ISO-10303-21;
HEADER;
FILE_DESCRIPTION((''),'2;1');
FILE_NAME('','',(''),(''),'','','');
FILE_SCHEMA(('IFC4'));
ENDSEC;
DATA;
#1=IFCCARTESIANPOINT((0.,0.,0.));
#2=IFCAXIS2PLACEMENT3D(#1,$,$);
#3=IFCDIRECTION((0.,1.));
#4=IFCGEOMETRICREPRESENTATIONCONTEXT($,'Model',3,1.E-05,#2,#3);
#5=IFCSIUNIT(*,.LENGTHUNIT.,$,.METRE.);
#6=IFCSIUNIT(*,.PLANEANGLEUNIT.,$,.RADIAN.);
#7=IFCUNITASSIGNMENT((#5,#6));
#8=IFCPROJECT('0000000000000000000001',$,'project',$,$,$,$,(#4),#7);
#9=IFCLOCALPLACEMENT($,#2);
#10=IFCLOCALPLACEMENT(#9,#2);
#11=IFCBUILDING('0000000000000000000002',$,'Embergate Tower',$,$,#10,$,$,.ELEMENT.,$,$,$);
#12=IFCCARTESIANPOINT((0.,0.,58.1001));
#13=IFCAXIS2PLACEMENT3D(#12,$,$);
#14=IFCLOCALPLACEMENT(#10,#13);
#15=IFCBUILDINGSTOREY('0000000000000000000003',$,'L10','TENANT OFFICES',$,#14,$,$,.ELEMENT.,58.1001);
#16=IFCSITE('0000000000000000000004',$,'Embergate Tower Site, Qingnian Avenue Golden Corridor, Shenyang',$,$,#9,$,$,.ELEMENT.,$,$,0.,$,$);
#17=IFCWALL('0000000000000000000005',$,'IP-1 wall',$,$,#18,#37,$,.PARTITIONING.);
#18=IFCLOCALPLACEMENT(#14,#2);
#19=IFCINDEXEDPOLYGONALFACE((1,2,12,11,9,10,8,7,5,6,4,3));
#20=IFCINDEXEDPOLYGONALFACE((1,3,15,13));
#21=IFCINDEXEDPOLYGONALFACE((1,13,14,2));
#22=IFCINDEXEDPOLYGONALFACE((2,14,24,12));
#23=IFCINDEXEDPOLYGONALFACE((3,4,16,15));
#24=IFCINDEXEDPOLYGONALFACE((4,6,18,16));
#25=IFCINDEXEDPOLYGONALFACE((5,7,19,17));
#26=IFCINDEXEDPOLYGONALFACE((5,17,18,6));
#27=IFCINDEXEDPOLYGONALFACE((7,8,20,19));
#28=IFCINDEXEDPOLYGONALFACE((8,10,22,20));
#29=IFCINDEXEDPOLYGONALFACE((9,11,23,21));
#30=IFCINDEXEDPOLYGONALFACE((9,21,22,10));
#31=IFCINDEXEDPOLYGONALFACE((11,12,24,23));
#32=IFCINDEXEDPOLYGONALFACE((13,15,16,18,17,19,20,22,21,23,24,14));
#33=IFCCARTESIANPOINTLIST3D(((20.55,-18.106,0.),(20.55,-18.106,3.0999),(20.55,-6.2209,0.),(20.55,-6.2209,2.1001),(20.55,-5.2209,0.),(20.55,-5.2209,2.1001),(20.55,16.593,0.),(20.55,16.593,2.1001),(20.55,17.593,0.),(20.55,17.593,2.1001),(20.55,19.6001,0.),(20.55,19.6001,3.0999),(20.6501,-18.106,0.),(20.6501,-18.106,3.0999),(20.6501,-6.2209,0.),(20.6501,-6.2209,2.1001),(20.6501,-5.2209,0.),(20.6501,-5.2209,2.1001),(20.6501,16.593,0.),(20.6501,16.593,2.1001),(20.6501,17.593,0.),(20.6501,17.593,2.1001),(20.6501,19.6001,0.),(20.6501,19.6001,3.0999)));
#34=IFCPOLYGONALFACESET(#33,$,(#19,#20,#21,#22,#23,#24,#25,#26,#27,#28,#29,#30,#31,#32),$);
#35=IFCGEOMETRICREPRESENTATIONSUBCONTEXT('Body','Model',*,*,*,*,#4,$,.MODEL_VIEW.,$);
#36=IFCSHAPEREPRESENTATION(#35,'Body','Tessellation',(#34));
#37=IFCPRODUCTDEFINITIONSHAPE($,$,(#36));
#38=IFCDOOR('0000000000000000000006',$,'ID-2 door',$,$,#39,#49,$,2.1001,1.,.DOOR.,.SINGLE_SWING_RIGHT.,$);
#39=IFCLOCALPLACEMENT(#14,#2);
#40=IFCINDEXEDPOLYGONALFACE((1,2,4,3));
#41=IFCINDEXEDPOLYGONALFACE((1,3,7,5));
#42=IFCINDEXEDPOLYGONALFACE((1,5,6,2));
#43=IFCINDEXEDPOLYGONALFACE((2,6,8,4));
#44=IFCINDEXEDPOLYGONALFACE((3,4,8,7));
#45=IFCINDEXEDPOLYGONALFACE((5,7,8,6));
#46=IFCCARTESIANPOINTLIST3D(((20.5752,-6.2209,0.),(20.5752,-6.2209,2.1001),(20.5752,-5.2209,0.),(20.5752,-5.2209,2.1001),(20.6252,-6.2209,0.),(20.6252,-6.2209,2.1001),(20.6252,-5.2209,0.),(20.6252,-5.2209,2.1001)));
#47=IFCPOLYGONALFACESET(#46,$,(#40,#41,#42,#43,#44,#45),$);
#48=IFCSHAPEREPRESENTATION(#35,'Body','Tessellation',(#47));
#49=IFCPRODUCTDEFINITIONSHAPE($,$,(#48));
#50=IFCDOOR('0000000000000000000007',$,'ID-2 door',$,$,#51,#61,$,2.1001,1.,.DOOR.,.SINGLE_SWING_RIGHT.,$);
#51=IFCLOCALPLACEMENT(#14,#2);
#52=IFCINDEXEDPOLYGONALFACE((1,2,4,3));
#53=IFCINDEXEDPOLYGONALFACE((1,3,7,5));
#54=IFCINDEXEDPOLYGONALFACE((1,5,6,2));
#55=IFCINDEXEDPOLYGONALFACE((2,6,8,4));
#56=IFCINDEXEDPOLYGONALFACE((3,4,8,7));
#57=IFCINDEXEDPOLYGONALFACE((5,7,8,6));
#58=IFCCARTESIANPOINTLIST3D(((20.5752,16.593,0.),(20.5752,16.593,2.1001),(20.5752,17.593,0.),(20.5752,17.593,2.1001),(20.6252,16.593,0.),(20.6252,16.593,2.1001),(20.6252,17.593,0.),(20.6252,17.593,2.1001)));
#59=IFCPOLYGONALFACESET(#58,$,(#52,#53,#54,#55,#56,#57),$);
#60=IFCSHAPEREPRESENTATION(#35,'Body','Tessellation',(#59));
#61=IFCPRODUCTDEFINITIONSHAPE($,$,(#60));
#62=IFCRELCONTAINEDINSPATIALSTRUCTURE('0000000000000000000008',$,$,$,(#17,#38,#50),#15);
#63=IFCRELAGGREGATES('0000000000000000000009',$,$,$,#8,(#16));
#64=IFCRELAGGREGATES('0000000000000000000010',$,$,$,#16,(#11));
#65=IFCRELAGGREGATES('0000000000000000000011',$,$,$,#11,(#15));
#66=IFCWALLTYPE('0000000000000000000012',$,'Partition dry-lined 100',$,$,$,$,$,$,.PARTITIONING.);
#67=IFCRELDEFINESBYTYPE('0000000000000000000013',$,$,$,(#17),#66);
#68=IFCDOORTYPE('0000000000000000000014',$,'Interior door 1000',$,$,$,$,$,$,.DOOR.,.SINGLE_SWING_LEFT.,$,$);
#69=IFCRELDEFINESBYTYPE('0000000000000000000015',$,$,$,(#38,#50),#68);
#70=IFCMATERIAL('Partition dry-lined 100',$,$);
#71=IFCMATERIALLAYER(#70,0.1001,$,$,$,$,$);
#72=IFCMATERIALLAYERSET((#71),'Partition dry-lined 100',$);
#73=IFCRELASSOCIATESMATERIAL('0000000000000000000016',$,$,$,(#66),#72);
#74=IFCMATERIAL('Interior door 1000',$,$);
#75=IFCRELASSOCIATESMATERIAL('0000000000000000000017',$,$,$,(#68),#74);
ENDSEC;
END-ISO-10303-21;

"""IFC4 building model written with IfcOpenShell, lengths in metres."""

from ifc_helpers import new_model, si_unit, direction, frame, frame_2d, origin, place, context, subcontext, project, spatial, rectangle, extrude, source, transform, mapped, material, layer, layer_set, type_object, element, fill, save


model = new_model("IFC4")

# Units and contexts
model_context = context("Model", 3, precision=1e-05, world=origin(), true_north=direction((0.0, 1.0)))
body_context = subcontext(model_context, "Body", "Model", "MODEL_VIEW")
ifc_project = project(units=[si_unit("LENGTHUNIT", "METRE"), si_unit("PLANEANGLEUNIT", "RADIAN")], contexts=[model_context])

# Site, building, storey
site_placement = place(None, origin())
site = spatial("IfcSite", under=ifc_project, at=site_placement, Name="Embergate Tower Site, Qingnian Avenue Golden Corridor, Shenyang", CompositionType="ELEMENT", RefElevation=0.0)
building_placement = place(site_placement, origin())
building = spatial("IfcBuilding", under=site, at=building_placement, Name="Embergate Tower", CompositionType="ELEMENT")
storey_placement = place(building_placement, frame((0.0, 0.0, 58.1001)))
storey = spatial("IfcBuildingStorey", under=building, at=storey_placement, Name="L10", Description="TENANT OFFICES", CompositionType="ELEMENT", Elevation=58.1001)

# Wall, openings, doors
ifc_material_1 = material(Name="Partition dry-lined 100")
ifc_layer_1 = layer(ifc_material_1, 0.1001)
ifc_layer_set_1 = layer_set([ifc_layer_1], Name="Partition dry-lined 100")
wall_type = type_object("IfcWallType", Name="Partition dry-lined 100", PredefinedType="PARTITIONING", material=ifc_layer_set_1)
shared_shape_1 = source(origin(), body_context, "Body", "SweptSolid", [
    extrude(rectangle(XDim=37.7061, YDim=0.1001, at=frame_2d((18.853, 0.0))), origin(), (0.0, 0.0, 1.0), 3.0999),
])
wall_placement = place(storey_placement, frame((20.6001, -18.106, 0.0), z_axis=(0.0, 0.0, 1.0), x_axis=(0.0, 1.0, 0.0)))
wall = element("IfcWall", 1, at=wall_placement, inside=storey, type_object=wall_type, Name="IP-1 wall", PredefinedType="PARTITIONING", context=body_context, shape_type="MappedRepresentation", body=[
    mapped(shared_shape_1, transform((0.0, 0.0, 0.0))),
])
shared_shape_2 = source(origin(), body_context, "Body", "SweptSolid", [
    extrude(rectangle(XDim=1.0, YDim=2.1001, at=frame_2d((0.5, 1.05))), frame((0.0, 0.0601, 0.0), z_axis=(0.0, -1.0, 0.0), x_axis=(1.0, 0.0, 0.0)), (0.0, 0.0, 1.0), 0.1201),
])
opening_1_placement = place(wall_placement, frame((11.885, 0.0, 0.0)))
opening_1 = element("IfcOpeningElement", 2, at=opening_1_placement, cuts=wall, PredefinedType="OPENING", context=body_context, shape_type="MappedRepresentation", body=[
    mapped(shared_shape_2, transform((0.0, 0.0, 0.0))),
])
opening_2_placement = place(wall_placement, frame((34.699, 0.0, 0.0)))
opening_2 = element("IfcOpeningElement", 3, at=opening_2_placement, cuts=wall, PredefinedType="OPENING", context=body_context, shape_type="MappedRepresentation", body=[
    mapped(shared_shape_2, transform((0.0, 0.0, 0.0))),
])
ifc_material_2 = material(Name="Interior door 1000")
door_type = type_object("IfcDoorType", Name="Interior door 1000", OperationType="SINGLE_SWING_LEFT", PredefinedType="DOOR", material=ifc_material_2)
shared_shape_3 = source(origin(), body_context, "Body", "SweptSolid", [
    extrude(rectangle(XDim=1.0, YDim=2.1001, at=frame_2d((0.5, 1.05))), frame((0.0, 0.0249, 0.0), z_axis=(0.0, -1.0, 0.0), x_axis=(1.0, 0.0, 0.0)), (0.0, 0.0, 1.0), 0.05),
])
door_1_placement = place(opening_1_placement, origin())
door_1 = element("IfcDoor", 4, at=door_1_placement, inside=storey, type_object=door_type, Name="ID-2 door", OperationType="SINGLE_SWING_RIGHT", OverallHeight=2.1001, OverallWidth=1.0, PredefinedType="DOOR", context=body_context, shape_type="MappedRepresentation", body=[
    mapped(shared_shape_3, transform((0.0, 0.0, 0.0))),
])
fill(opening_1, door_1)
door_2_placement = place(opening_2_placement, origin())
door_2 = element("IfcDoor", 5, at=door_2_placement, inside=storey, type_object=door_type, Name="ID-2 door", OperationType="SINGLE_SWING_RIGHT", OverallHeight=2.1001, OverallWidth=1.0, PredefinedType="DOOR", context=body_context, shape_type="MappedRepresentation", body=[
    mapped(shared_shape_3, transform((0.0, 0.0, 0.0))),
])
fill(opening_2, door_2)

save(model, "model.ifc")
